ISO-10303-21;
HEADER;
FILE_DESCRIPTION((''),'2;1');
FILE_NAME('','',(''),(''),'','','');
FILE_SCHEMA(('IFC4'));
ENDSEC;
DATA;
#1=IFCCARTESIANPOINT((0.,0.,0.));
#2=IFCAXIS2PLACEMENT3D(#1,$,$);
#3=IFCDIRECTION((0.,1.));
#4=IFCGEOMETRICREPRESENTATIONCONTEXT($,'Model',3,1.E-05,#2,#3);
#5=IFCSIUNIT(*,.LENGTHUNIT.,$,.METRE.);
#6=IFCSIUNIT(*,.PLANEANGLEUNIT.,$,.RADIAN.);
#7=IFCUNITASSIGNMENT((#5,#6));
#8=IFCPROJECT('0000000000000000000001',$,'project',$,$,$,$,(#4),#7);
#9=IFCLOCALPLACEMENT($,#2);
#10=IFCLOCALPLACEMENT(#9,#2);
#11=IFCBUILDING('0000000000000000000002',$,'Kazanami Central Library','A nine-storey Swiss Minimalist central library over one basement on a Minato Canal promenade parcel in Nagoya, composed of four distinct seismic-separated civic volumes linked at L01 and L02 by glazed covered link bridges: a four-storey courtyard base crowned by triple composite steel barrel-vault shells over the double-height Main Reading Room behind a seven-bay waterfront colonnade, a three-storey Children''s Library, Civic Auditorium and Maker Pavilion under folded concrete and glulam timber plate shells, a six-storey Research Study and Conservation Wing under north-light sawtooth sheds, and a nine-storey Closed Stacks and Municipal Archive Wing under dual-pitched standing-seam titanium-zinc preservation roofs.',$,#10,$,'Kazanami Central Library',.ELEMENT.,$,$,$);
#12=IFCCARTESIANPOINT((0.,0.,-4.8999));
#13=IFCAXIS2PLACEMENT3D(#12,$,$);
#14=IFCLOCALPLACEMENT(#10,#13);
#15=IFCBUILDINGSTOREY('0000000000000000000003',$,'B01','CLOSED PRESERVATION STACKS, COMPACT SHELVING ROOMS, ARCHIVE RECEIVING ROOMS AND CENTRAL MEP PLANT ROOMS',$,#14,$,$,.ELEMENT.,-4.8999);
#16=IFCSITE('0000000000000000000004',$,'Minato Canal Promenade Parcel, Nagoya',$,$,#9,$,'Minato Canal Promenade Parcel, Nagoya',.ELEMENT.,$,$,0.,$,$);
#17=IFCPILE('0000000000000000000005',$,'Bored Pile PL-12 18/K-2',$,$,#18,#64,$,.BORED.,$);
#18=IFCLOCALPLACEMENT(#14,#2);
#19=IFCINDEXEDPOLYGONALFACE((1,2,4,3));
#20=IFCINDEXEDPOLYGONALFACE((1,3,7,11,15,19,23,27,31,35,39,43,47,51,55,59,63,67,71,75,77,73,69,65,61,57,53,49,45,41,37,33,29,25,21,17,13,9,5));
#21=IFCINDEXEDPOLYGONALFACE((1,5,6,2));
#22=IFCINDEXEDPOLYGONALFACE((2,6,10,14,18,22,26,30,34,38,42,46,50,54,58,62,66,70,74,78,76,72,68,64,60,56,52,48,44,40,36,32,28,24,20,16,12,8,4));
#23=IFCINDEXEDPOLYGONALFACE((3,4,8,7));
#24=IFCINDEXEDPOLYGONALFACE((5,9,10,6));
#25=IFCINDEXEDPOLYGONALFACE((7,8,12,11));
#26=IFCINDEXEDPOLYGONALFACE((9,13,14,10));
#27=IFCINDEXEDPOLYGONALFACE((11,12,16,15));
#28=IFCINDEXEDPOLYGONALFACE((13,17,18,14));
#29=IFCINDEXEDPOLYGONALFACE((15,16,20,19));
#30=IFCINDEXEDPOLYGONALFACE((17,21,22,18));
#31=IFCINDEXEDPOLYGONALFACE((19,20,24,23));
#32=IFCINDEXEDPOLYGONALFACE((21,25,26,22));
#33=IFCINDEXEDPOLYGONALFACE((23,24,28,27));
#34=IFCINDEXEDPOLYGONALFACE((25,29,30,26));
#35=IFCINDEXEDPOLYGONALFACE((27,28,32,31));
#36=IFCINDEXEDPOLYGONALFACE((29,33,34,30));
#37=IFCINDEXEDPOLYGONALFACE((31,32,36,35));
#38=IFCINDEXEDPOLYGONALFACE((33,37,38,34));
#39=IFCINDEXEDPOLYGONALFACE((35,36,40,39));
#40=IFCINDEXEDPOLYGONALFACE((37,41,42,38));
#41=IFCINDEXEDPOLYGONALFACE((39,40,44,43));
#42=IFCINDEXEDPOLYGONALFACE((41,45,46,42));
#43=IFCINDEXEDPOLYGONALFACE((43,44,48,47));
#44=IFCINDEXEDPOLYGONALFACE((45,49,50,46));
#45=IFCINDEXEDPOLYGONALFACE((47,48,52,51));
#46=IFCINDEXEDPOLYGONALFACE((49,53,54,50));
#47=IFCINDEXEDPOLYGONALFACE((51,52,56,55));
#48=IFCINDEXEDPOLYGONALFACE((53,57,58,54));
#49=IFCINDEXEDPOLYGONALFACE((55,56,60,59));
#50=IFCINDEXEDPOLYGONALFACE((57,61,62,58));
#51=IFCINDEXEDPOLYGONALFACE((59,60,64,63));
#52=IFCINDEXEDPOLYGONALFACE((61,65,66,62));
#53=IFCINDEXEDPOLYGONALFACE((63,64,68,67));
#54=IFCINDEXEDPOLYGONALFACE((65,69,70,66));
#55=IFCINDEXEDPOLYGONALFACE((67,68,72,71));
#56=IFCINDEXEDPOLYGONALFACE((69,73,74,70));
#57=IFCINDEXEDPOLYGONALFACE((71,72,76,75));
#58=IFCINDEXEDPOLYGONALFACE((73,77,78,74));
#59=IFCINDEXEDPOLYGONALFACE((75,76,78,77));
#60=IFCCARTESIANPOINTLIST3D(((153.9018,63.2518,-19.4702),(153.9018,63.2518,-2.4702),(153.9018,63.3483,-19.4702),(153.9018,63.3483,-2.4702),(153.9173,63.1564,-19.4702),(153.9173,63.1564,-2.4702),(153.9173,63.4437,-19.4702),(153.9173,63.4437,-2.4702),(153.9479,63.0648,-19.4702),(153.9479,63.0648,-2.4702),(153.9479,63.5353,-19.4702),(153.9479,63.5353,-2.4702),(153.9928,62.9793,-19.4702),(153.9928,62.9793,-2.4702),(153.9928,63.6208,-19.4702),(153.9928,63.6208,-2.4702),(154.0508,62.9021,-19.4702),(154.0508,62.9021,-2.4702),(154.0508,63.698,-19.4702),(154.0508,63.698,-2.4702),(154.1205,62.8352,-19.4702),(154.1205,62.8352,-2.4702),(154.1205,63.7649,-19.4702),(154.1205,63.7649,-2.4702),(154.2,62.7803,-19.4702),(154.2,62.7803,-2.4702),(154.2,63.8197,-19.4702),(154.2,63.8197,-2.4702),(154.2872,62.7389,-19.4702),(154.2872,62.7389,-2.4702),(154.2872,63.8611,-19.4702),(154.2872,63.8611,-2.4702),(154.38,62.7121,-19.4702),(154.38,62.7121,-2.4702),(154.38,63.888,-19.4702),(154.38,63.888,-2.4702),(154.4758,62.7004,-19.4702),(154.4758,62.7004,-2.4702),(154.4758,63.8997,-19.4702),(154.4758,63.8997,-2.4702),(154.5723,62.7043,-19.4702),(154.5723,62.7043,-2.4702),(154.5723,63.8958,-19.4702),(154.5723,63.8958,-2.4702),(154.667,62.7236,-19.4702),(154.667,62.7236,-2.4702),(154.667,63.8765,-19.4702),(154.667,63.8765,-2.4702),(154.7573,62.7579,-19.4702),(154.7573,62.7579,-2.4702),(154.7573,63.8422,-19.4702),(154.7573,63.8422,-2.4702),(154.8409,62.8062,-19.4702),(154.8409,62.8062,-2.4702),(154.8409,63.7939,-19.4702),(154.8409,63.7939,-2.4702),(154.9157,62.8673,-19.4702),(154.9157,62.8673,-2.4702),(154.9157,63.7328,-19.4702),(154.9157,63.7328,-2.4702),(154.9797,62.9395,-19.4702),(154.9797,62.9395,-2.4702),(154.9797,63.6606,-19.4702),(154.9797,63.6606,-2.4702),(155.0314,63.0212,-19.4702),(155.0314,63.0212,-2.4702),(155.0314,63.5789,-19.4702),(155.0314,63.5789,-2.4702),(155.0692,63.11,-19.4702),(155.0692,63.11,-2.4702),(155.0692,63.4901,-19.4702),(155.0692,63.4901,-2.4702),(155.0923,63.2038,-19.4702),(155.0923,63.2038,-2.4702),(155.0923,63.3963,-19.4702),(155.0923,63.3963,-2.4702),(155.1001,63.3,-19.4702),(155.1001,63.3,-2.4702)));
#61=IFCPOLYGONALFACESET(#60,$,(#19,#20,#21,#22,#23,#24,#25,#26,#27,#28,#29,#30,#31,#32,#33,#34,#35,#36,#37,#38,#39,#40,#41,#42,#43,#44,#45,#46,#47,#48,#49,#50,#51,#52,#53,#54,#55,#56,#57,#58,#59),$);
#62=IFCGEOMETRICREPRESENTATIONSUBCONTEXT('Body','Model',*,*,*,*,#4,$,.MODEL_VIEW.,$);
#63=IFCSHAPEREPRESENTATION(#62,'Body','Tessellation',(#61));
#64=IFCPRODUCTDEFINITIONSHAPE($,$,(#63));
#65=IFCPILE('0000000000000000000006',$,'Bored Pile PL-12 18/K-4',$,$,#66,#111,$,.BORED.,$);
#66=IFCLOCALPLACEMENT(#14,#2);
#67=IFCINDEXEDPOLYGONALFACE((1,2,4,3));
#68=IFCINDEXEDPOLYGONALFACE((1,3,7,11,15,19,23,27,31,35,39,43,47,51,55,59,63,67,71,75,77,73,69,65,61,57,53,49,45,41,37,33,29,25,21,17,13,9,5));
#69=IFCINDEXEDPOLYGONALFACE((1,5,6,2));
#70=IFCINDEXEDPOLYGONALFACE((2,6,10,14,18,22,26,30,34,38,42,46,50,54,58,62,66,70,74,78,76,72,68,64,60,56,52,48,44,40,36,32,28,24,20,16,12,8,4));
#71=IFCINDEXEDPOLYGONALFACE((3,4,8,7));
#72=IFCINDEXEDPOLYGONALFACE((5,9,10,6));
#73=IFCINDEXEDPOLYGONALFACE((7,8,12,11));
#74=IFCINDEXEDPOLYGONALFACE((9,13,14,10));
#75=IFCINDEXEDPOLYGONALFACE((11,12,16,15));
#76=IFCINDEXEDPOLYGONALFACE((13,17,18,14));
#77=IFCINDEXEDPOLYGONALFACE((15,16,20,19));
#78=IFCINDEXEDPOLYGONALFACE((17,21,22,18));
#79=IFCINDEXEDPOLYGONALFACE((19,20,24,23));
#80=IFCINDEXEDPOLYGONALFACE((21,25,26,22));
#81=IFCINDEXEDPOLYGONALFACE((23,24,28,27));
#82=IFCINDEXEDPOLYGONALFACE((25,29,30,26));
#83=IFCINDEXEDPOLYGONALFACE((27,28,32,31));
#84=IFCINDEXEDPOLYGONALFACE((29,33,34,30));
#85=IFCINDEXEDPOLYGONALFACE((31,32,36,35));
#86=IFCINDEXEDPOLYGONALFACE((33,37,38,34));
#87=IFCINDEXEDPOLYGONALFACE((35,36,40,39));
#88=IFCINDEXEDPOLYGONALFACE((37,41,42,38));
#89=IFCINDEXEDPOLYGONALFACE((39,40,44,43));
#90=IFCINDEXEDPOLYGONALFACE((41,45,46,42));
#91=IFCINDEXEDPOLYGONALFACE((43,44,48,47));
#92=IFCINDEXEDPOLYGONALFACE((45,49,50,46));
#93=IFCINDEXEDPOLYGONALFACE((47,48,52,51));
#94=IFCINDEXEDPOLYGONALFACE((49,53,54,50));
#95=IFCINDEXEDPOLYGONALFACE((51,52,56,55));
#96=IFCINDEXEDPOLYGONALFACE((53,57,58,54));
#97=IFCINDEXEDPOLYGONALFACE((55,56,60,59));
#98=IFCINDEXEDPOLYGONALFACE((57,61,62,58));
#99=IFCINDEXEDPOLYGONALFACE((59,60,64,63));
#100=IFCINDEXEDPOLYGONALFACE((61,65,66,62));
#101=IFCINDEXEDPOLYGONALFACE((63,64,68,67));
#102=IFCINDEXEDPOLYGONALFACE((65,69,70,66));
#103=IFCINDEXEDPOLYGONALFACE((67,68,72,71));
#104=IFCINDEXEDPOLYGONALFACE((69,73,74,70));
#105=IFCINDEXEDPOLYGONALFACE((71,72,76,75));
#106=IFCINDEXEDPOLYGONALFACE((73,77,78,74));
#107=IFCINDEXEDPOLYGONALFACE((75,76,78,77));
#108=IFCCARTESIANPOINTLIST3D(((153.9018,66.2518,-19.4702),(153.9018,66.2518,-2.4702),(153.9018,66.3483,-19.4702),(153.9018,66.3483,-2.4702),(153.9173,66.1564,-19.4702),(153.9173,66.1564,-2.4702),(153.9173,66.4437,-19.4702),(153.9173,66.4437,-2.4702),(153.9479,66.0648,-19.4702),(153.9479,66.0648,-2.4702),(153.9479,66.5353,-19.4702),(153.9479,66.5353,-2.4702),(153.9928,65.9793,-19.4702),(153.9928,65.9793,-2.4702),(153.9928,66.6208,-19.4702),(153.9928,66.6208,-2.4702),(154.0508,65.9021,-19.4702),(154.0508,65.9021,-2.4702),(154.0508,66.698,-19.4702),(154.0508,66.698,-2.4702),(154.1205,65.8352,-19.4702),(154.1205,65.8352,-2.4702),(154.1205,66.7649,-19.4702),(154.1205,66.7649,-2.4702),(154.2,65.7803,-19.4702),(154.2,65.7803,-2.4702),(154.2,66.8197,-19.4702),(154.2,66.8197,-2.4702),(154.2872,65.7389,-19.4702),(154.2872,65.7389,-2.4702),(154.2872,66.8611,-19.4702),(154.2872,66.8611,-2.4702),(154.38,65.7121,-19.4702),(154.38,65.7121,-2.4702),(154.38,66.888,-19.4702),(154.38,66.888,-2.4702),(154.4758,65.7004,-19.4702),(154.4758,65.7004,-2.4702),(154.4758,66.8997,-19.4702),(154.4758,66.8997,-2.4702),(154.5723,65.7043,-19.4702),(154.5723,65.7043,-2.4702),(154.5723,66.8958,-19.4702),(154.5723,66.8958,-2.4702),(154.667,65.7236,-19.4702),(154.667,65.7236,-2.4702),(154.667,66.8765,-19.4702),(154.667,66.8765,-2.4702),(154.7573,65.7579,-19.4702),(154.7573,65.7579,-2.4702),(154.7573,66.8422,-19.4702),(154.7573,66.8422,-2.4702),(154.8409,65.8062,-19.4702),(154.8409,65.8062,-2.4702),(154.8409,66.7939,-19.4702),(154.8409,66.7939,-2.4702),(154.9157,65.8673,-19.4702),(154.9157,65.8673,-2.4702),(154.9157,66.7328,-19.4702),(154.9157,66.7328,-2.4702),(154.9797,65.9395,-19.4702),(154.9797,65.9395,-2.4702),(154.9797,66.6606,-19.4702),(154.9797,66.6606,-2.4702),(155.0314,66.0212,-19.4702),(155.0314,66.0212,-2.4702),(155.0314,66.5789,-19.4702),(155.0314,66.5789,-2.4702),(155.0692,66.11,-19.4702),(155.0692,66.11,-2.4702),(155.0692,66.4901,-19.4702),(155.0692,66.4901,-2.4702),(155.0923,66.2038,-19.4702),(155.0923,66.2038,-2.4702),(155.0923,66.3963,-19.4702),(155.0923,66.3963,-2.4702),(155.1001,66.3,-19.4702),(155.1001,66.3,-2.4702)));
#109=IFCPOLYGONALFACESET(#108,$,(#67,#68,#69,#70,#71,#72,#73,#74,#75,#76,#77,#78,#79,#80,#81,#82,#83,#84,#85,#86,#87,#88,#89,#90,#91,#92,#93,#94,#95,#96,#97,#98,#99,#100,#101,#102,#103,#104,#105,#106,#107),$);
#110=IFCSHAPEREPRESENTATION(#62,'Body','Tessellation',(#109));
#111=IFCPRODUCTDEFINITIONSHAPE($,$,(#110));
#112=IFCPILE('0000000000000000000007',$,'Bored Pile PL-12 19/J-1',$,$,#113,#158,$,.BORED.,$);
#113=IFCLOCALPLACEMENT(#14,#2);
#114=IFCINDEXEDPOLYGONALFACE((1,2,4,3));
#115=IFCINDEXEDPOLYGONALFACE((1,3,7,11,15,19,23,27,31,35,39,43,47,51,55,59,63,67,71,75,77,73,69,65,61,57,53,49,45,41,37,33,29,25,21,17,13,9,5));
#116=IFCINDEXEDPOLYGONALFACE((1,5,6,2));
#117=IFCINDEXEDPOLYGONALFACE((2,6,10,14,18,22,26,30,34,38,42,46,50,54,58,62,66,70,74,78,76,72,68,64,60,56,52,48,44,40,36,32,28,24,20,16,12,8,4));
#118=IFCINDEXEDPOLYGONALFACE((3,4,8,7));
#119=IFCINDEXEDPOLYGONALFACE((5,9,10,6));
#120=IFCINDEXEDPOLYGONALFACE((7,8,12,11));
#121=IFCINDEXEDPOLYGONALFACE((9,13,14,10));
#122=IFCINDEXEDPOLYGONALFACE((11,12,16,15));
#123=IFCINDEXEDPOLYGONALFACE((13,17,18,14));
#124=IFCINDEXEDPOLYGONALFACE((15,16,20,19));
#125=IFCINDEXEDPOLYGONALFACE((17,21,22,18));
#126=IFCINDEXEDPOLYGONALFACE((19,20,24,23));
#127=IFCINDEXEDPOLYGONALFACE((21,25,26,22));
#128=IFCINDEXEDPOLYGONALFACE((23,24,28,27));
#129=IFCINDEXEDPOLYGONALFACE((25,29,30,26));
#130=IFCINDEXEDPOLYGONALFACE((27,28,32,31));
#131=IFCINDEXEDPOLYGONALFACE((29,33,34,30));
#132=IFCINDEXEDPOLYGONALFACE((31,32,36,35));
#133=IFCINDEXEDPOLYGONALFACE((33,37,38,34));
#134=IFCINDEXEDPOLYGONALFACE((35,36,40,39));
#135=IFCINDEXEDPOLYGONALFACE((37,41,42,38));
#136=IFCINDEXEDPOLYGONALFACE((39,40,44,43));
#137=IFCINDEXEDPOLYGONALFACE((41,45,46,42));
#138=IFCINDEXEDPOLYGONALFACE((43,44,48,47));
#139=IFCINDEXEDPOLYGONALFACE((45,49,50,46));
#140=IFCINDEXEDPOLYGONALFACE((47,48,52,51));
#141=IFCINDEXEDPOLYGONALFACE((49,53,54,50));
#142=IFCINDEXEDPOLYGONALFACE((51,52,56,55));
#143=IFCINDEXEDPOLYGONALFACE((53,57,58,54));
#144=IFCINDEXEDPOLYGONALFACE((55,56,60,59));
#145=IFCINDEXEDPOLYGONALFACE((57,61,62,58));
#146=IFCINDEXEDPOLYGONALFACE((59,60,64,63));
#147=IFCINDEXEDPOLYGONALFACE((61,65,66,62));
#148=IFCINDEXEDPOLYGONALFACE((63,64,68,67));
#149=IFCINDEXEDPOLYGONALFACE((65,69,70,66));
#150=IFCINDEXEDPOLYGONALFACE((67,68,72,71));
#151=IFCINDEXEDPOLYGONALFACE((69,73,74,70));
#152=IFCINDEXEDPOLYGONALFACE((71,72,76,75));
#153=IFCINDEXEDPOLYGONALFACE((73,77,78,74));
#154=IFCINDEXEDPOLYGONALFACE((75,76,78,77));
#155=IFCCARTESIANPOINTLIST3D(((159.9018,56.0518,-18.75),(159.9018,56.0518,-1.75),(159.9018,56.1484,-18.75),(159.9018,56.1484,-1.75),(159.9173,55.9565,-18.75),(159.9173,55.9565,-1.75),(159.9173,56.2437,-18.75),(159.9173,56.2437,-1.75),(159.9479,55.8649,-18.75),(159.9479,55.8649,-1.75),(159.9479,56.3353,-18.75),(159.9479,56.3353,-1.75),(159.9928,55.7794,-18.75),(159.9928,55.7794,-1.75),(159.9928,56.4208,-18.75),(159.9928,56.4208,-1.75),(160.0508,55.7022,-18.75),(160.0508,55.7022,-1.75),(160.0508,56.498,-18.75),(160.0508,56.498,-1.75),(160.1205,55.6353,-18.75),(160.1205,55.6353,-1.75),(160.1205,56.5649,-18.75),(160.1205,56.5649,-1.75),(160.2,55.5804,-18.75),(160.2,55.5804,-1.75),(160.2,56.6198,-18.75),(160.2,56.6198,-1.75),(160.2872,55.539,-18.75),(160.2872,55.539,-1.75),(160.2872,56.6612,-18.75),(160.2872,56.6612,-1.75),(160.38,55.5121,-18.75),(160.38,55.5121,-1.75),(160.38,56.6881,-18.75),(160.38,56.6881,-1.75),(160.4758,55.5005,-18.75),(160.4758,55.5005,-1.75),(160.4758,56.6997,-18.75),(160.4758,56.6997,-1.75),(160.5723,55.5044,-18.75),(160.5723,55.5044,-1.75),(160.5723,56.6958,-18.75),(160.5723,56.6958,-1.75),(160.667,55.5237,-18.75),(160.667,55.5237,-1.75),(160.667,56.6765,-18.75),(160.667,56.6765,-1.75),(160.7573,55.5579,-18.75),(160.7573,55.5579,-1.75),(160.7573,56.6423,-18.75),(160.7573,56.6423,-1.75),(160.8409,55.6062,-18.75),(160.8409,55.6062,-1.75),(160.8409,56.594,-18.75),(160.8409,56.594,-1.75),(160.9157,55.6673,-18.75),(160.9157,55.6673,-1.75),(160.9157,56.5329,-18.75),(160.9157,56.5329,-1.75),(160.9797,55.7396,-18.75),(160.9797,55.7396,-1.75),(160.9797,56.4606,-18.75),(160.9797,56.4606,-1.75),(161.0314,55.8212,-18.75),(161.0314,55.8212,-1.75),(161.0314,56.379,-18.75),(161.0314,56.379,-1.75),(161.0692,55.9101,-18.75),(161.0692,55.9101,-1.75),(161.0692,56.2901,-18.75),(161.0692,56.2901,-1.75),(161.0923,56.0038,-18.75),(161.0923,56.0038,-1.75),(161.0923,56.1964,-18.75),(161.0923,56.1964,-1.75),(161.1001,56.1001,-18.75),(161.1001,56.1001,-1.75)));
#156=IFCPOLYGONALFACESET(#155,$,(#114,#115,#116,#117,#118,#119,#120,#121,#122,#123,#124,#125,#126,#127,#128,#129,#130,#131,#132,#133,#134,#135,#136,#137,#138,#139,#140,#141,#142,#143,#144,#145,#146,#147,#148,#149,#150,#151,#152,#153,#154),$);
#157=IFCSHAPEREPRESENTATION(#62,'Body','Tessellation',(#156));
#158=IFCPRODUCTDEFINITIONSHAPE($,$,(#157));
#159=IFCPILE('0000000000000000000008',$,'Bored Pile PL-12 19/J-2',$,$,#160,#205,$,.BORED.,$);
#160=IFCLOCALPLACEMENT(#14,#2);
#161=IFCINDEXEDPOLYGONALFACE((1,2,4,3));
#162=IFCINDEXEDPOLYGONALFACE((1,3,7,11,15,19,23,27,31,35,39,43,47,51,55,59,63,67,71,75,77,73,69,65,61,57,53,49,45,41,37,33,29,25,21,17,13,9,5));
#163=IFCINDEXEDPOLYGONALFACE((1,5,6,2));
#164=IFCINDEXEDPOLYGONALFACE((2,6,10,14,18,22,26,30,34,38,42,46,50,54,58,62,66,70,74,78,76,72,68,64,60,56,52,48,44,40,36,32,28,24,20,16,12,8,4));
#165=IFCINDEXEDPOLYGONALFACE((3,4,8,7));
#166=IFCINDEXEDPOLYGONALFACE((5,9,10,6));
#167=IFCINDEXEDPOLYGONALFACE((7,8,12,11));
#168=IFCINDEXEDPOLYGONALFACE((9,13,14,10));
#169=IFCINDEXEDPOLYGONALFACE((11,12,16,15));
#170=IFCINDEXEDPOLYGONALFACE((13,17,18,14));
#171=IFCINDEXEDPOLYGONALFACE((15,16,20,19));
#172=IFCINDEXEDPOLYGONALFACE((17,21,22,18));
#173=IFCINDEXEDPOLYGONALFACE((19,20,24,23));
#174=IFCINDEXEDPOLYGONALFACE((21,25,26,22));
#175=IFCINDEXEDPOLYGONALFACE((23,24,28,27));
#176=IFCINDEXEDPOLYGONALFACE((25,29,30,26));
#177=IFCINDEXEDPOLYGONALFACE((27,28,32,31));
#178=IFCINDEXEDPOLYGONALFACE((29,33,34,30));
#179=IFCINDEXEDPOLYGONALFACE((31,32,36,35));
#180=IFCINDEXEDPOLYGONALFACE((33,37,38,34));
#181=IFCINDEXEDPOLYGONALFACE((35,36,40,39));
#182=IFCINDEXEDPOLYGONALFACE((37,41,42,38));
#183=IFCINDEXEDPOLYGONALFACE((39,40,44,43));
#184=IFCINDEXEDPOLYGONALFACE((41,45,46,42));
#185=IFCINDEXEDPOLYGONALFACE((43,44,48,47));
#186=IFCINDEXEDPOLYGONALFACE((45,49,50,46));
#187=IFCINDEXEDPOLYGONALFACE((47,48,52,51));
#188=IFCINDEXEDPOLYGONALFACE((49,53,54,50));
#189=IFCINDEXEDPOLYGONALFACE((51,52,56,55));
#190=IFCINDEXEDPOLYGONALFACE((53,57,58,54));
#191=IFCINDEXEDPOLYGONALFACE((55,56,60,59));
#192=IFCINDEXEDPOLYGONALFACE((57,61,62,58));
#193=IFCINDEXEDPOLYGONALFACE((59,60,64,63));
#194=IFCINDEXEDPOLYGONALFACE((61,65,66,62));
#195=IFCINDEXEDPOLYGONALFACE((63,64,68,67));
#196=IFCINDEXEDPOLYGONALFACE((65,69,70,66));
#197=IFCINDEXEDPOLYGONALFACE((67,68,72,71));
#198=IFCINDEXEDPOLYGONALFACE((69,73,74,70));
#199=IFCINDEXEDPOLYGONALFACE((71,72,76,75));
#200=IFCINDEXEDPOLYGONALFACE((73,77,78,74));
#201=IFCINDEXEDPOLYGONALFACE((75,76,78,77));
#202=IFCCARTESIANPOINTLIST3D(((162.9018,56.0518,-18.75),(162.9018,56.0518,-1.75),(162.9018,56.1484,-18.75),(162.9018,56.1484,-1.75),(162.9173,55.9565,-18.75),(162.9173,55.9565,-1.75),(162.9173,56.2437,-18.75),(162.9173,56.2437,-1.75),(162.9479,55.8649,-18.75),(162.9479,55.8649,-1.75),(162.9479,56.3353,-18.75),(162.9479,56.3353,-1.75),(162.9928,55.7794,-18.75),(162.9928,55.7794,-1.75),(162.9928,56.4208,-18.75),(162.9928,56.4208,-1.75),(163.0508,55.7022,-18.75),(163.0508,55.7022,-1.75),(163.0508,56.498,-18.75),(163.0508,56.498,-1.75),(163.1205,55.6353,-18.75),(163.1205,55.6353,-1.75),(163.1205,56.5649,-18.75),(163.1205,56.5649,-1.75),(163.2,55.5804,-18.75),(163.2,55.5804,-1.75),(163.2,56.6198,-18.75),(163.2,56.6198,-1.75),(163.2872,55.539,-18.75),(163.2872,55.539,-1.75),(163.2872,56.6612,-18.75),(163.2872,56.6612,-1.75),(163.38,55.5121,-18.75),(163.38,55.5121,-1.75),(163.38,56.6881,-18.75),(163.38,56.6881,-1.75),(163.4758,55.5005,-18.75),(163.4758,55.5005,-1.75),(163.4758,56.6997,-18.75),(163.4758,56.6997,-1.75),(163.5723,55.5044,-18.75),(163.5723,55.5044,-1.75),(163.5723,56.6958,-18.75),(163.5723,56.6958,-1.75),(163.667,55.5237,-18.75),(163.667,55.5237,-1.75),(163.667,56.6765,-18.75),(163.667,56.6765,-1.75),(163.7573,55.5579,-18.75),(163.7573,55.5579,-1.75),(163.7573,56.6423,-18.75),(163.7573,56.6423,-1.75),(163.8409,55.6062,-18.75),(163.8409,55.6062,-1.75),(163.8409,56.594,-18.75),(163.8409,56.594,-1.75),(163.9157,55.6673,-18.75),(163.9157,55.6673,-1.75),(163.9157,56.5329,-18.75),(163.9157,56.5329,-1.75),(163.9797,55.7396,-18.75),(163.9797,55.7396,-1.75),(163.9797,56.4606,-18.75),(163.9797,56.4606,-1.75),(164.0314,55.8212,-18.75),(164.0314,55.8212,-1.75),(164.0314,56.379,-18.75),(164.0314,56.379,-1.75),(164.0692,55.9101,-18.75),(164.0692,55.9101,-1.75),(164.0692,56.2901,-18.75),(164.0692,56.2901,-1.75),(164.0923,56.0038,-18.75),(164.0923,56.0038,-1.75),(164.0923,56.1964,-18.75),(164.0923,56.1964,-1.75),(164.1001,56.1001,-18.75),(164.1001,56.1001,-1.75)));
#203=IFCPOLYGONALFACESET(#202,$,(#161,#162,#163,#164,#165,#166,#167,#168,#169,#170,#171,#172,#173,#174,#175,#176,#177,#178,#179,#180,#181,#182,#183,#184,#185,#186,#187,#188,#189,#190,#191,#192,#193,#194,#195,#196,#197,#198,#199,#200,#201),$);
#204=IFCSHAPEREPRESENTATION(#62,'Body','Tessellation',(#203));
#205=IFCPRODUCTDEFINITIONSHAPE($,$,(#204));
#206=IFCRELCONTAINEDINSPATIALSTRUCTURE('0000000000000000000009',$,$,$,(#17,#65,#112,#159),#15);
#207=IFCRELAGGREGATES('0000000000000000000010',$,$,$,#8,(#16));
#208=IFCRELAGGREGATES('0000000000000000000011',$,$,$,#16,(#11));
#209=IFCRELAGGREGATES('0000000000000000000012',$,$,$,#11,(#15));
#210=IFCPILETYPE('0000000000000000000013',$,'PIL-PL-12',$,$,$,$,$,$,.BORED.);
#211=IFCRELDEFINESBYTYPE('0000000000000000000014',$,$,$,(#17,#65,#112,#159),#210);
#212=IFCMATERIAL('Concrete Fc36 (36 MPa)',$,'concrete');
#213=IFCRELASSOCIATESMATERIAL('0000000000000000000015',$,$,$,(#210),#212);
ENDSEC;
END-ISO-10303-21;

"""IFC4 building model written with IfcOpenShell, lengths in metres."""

from ifc_helpers import new_model, si_unit, direction, frame, origin, origin_2d, place, context, subcontext, project, spatial, circle, extrude, material, material_profile, profile_set, type_object, element, save


model = new_model("IFC4")

# Units and contexts
model_context = context("Model", 3, precision=1e-05, world=origin(), true_north=direction((0.0, 1.0)))
body_context = subcontext(model_context, "Body", "Model", "MODEL_VIEW")
ifc_project = project(units=[si_unit("LENGTHUNIT", "METRE"), si_unit("PLANEANGLEUNIT", "RADIAN")], contexts=[model_context])

# Site, building, storey
site_placement = place(None, origin())
site = spatial("IfcSite", under=ifc_project, at=site_placement, Name="Minato Canal Promenade Parcel, Nagoya", LongName="Minato Canal Promenade Parcel, Nagoya", CompositionType="ELEMENT", RefElevation=0.0)
building_placement = place(site_placement, origin())
building = spatial("IfcBuilding", under=site, at=building_placement, Name="Kazanami Central Library", Description="A nine-storey Swiss Minimalist central library over one basement on a Minato Canal promenade parcel in Nagoya, composed of four distinct seismic-separated civic volumes linked at L01 and L02 by glazed covered link bridges: a four-storey courtyard base crowned by triple composite steel barrel-vault shells over the double-height Main Reading Room behind a seven-bay waterfront colonnade, a three-storey Children's Library, Civic Auditorium and Maker Pavilion under folded concrete and glulam timber plate shells, a six-storey Research Study and Conservation Wing under north-light sawtooth sheds, and a nine-storey Closed Stacks and Municipal Archive Wing under dual-pitched standing-seam titanium-zinc preservation roofs.", LongName="Kazanami Central Library", CompositionType="ELEMENT")
storey_placement = place(building_placement, frame((0.0, 0.0, -4.8999)))
storey = spatial("IfcBuildingStorey", under=building, at=storey_placement, Name="B01", Description="CLOSED PRESERVATION STACKS, COMPACT SHELVING ROOMS, ARCHIVE RECEIVING ROOMS AND CENTRAL MEP PLANT ROOMS", CompositionType="ELEMENT", Elevation=-4.8999)

# Shared definitions
ifc_material_1 = material(Name="Concrete Fc36 (36 MPa)", Category="concrete")

# Piles
ifc_material_profile_1 = material_profile(ifc_material_1, circle(Radius=0.6001, at=origin_2d()), Name="BORED-D1200")
ifc_profile_set_1 = profile_set([ifc_material_profile_1], Name="Concrete Fc36 (36 MPa)")
pile_type = type_object("IfcPileType", Name="PIL-PL-12", PredefinedType="BORED", material=ifc_profile_set_1)
for number, where, z_axis, x_axis, name in (
    (1, (154.5, 63.3, -2.4702), (0.0, 0.0, -1.0), (1.0, 0.0, 0.0), "Bored Pile PL-12 18/K-2"),
    (2, (154.5, 66.3, -2.4702), (0.0, 0.0, -1.0), (1.0, 0.0, 0.0), "Bored Pile PL-12 18/K-4"),
    (3, (160.5, 56.1001, -1.75), (0.0, 0.0, -1.0), (1.0, 0.0, 0.0), "Bored Pile PL-12 19/J-1"),
    (4, (163.5, 56.1001, -1.75), (0.0, 0.0, -1.0), (1.0, 0.0, 0.0), "Bored Pile PL-12 19/J-2"),
):
    element("IfcPile", number, at=place(storey_placement, frame(where, z_axis=z_axis, x_axis=x_axis)), inside=storey, type_object=pile_type, Name=name, PredefinedType="BORED", context=body_context, shape_type="SweptSolid", body=[
        extrude(circle(Radius=0.6001, at=origin_2d()), origin(), (0.0, 0.0, 1.0), 17.0),
    ])

save(model, "model.ifc")
